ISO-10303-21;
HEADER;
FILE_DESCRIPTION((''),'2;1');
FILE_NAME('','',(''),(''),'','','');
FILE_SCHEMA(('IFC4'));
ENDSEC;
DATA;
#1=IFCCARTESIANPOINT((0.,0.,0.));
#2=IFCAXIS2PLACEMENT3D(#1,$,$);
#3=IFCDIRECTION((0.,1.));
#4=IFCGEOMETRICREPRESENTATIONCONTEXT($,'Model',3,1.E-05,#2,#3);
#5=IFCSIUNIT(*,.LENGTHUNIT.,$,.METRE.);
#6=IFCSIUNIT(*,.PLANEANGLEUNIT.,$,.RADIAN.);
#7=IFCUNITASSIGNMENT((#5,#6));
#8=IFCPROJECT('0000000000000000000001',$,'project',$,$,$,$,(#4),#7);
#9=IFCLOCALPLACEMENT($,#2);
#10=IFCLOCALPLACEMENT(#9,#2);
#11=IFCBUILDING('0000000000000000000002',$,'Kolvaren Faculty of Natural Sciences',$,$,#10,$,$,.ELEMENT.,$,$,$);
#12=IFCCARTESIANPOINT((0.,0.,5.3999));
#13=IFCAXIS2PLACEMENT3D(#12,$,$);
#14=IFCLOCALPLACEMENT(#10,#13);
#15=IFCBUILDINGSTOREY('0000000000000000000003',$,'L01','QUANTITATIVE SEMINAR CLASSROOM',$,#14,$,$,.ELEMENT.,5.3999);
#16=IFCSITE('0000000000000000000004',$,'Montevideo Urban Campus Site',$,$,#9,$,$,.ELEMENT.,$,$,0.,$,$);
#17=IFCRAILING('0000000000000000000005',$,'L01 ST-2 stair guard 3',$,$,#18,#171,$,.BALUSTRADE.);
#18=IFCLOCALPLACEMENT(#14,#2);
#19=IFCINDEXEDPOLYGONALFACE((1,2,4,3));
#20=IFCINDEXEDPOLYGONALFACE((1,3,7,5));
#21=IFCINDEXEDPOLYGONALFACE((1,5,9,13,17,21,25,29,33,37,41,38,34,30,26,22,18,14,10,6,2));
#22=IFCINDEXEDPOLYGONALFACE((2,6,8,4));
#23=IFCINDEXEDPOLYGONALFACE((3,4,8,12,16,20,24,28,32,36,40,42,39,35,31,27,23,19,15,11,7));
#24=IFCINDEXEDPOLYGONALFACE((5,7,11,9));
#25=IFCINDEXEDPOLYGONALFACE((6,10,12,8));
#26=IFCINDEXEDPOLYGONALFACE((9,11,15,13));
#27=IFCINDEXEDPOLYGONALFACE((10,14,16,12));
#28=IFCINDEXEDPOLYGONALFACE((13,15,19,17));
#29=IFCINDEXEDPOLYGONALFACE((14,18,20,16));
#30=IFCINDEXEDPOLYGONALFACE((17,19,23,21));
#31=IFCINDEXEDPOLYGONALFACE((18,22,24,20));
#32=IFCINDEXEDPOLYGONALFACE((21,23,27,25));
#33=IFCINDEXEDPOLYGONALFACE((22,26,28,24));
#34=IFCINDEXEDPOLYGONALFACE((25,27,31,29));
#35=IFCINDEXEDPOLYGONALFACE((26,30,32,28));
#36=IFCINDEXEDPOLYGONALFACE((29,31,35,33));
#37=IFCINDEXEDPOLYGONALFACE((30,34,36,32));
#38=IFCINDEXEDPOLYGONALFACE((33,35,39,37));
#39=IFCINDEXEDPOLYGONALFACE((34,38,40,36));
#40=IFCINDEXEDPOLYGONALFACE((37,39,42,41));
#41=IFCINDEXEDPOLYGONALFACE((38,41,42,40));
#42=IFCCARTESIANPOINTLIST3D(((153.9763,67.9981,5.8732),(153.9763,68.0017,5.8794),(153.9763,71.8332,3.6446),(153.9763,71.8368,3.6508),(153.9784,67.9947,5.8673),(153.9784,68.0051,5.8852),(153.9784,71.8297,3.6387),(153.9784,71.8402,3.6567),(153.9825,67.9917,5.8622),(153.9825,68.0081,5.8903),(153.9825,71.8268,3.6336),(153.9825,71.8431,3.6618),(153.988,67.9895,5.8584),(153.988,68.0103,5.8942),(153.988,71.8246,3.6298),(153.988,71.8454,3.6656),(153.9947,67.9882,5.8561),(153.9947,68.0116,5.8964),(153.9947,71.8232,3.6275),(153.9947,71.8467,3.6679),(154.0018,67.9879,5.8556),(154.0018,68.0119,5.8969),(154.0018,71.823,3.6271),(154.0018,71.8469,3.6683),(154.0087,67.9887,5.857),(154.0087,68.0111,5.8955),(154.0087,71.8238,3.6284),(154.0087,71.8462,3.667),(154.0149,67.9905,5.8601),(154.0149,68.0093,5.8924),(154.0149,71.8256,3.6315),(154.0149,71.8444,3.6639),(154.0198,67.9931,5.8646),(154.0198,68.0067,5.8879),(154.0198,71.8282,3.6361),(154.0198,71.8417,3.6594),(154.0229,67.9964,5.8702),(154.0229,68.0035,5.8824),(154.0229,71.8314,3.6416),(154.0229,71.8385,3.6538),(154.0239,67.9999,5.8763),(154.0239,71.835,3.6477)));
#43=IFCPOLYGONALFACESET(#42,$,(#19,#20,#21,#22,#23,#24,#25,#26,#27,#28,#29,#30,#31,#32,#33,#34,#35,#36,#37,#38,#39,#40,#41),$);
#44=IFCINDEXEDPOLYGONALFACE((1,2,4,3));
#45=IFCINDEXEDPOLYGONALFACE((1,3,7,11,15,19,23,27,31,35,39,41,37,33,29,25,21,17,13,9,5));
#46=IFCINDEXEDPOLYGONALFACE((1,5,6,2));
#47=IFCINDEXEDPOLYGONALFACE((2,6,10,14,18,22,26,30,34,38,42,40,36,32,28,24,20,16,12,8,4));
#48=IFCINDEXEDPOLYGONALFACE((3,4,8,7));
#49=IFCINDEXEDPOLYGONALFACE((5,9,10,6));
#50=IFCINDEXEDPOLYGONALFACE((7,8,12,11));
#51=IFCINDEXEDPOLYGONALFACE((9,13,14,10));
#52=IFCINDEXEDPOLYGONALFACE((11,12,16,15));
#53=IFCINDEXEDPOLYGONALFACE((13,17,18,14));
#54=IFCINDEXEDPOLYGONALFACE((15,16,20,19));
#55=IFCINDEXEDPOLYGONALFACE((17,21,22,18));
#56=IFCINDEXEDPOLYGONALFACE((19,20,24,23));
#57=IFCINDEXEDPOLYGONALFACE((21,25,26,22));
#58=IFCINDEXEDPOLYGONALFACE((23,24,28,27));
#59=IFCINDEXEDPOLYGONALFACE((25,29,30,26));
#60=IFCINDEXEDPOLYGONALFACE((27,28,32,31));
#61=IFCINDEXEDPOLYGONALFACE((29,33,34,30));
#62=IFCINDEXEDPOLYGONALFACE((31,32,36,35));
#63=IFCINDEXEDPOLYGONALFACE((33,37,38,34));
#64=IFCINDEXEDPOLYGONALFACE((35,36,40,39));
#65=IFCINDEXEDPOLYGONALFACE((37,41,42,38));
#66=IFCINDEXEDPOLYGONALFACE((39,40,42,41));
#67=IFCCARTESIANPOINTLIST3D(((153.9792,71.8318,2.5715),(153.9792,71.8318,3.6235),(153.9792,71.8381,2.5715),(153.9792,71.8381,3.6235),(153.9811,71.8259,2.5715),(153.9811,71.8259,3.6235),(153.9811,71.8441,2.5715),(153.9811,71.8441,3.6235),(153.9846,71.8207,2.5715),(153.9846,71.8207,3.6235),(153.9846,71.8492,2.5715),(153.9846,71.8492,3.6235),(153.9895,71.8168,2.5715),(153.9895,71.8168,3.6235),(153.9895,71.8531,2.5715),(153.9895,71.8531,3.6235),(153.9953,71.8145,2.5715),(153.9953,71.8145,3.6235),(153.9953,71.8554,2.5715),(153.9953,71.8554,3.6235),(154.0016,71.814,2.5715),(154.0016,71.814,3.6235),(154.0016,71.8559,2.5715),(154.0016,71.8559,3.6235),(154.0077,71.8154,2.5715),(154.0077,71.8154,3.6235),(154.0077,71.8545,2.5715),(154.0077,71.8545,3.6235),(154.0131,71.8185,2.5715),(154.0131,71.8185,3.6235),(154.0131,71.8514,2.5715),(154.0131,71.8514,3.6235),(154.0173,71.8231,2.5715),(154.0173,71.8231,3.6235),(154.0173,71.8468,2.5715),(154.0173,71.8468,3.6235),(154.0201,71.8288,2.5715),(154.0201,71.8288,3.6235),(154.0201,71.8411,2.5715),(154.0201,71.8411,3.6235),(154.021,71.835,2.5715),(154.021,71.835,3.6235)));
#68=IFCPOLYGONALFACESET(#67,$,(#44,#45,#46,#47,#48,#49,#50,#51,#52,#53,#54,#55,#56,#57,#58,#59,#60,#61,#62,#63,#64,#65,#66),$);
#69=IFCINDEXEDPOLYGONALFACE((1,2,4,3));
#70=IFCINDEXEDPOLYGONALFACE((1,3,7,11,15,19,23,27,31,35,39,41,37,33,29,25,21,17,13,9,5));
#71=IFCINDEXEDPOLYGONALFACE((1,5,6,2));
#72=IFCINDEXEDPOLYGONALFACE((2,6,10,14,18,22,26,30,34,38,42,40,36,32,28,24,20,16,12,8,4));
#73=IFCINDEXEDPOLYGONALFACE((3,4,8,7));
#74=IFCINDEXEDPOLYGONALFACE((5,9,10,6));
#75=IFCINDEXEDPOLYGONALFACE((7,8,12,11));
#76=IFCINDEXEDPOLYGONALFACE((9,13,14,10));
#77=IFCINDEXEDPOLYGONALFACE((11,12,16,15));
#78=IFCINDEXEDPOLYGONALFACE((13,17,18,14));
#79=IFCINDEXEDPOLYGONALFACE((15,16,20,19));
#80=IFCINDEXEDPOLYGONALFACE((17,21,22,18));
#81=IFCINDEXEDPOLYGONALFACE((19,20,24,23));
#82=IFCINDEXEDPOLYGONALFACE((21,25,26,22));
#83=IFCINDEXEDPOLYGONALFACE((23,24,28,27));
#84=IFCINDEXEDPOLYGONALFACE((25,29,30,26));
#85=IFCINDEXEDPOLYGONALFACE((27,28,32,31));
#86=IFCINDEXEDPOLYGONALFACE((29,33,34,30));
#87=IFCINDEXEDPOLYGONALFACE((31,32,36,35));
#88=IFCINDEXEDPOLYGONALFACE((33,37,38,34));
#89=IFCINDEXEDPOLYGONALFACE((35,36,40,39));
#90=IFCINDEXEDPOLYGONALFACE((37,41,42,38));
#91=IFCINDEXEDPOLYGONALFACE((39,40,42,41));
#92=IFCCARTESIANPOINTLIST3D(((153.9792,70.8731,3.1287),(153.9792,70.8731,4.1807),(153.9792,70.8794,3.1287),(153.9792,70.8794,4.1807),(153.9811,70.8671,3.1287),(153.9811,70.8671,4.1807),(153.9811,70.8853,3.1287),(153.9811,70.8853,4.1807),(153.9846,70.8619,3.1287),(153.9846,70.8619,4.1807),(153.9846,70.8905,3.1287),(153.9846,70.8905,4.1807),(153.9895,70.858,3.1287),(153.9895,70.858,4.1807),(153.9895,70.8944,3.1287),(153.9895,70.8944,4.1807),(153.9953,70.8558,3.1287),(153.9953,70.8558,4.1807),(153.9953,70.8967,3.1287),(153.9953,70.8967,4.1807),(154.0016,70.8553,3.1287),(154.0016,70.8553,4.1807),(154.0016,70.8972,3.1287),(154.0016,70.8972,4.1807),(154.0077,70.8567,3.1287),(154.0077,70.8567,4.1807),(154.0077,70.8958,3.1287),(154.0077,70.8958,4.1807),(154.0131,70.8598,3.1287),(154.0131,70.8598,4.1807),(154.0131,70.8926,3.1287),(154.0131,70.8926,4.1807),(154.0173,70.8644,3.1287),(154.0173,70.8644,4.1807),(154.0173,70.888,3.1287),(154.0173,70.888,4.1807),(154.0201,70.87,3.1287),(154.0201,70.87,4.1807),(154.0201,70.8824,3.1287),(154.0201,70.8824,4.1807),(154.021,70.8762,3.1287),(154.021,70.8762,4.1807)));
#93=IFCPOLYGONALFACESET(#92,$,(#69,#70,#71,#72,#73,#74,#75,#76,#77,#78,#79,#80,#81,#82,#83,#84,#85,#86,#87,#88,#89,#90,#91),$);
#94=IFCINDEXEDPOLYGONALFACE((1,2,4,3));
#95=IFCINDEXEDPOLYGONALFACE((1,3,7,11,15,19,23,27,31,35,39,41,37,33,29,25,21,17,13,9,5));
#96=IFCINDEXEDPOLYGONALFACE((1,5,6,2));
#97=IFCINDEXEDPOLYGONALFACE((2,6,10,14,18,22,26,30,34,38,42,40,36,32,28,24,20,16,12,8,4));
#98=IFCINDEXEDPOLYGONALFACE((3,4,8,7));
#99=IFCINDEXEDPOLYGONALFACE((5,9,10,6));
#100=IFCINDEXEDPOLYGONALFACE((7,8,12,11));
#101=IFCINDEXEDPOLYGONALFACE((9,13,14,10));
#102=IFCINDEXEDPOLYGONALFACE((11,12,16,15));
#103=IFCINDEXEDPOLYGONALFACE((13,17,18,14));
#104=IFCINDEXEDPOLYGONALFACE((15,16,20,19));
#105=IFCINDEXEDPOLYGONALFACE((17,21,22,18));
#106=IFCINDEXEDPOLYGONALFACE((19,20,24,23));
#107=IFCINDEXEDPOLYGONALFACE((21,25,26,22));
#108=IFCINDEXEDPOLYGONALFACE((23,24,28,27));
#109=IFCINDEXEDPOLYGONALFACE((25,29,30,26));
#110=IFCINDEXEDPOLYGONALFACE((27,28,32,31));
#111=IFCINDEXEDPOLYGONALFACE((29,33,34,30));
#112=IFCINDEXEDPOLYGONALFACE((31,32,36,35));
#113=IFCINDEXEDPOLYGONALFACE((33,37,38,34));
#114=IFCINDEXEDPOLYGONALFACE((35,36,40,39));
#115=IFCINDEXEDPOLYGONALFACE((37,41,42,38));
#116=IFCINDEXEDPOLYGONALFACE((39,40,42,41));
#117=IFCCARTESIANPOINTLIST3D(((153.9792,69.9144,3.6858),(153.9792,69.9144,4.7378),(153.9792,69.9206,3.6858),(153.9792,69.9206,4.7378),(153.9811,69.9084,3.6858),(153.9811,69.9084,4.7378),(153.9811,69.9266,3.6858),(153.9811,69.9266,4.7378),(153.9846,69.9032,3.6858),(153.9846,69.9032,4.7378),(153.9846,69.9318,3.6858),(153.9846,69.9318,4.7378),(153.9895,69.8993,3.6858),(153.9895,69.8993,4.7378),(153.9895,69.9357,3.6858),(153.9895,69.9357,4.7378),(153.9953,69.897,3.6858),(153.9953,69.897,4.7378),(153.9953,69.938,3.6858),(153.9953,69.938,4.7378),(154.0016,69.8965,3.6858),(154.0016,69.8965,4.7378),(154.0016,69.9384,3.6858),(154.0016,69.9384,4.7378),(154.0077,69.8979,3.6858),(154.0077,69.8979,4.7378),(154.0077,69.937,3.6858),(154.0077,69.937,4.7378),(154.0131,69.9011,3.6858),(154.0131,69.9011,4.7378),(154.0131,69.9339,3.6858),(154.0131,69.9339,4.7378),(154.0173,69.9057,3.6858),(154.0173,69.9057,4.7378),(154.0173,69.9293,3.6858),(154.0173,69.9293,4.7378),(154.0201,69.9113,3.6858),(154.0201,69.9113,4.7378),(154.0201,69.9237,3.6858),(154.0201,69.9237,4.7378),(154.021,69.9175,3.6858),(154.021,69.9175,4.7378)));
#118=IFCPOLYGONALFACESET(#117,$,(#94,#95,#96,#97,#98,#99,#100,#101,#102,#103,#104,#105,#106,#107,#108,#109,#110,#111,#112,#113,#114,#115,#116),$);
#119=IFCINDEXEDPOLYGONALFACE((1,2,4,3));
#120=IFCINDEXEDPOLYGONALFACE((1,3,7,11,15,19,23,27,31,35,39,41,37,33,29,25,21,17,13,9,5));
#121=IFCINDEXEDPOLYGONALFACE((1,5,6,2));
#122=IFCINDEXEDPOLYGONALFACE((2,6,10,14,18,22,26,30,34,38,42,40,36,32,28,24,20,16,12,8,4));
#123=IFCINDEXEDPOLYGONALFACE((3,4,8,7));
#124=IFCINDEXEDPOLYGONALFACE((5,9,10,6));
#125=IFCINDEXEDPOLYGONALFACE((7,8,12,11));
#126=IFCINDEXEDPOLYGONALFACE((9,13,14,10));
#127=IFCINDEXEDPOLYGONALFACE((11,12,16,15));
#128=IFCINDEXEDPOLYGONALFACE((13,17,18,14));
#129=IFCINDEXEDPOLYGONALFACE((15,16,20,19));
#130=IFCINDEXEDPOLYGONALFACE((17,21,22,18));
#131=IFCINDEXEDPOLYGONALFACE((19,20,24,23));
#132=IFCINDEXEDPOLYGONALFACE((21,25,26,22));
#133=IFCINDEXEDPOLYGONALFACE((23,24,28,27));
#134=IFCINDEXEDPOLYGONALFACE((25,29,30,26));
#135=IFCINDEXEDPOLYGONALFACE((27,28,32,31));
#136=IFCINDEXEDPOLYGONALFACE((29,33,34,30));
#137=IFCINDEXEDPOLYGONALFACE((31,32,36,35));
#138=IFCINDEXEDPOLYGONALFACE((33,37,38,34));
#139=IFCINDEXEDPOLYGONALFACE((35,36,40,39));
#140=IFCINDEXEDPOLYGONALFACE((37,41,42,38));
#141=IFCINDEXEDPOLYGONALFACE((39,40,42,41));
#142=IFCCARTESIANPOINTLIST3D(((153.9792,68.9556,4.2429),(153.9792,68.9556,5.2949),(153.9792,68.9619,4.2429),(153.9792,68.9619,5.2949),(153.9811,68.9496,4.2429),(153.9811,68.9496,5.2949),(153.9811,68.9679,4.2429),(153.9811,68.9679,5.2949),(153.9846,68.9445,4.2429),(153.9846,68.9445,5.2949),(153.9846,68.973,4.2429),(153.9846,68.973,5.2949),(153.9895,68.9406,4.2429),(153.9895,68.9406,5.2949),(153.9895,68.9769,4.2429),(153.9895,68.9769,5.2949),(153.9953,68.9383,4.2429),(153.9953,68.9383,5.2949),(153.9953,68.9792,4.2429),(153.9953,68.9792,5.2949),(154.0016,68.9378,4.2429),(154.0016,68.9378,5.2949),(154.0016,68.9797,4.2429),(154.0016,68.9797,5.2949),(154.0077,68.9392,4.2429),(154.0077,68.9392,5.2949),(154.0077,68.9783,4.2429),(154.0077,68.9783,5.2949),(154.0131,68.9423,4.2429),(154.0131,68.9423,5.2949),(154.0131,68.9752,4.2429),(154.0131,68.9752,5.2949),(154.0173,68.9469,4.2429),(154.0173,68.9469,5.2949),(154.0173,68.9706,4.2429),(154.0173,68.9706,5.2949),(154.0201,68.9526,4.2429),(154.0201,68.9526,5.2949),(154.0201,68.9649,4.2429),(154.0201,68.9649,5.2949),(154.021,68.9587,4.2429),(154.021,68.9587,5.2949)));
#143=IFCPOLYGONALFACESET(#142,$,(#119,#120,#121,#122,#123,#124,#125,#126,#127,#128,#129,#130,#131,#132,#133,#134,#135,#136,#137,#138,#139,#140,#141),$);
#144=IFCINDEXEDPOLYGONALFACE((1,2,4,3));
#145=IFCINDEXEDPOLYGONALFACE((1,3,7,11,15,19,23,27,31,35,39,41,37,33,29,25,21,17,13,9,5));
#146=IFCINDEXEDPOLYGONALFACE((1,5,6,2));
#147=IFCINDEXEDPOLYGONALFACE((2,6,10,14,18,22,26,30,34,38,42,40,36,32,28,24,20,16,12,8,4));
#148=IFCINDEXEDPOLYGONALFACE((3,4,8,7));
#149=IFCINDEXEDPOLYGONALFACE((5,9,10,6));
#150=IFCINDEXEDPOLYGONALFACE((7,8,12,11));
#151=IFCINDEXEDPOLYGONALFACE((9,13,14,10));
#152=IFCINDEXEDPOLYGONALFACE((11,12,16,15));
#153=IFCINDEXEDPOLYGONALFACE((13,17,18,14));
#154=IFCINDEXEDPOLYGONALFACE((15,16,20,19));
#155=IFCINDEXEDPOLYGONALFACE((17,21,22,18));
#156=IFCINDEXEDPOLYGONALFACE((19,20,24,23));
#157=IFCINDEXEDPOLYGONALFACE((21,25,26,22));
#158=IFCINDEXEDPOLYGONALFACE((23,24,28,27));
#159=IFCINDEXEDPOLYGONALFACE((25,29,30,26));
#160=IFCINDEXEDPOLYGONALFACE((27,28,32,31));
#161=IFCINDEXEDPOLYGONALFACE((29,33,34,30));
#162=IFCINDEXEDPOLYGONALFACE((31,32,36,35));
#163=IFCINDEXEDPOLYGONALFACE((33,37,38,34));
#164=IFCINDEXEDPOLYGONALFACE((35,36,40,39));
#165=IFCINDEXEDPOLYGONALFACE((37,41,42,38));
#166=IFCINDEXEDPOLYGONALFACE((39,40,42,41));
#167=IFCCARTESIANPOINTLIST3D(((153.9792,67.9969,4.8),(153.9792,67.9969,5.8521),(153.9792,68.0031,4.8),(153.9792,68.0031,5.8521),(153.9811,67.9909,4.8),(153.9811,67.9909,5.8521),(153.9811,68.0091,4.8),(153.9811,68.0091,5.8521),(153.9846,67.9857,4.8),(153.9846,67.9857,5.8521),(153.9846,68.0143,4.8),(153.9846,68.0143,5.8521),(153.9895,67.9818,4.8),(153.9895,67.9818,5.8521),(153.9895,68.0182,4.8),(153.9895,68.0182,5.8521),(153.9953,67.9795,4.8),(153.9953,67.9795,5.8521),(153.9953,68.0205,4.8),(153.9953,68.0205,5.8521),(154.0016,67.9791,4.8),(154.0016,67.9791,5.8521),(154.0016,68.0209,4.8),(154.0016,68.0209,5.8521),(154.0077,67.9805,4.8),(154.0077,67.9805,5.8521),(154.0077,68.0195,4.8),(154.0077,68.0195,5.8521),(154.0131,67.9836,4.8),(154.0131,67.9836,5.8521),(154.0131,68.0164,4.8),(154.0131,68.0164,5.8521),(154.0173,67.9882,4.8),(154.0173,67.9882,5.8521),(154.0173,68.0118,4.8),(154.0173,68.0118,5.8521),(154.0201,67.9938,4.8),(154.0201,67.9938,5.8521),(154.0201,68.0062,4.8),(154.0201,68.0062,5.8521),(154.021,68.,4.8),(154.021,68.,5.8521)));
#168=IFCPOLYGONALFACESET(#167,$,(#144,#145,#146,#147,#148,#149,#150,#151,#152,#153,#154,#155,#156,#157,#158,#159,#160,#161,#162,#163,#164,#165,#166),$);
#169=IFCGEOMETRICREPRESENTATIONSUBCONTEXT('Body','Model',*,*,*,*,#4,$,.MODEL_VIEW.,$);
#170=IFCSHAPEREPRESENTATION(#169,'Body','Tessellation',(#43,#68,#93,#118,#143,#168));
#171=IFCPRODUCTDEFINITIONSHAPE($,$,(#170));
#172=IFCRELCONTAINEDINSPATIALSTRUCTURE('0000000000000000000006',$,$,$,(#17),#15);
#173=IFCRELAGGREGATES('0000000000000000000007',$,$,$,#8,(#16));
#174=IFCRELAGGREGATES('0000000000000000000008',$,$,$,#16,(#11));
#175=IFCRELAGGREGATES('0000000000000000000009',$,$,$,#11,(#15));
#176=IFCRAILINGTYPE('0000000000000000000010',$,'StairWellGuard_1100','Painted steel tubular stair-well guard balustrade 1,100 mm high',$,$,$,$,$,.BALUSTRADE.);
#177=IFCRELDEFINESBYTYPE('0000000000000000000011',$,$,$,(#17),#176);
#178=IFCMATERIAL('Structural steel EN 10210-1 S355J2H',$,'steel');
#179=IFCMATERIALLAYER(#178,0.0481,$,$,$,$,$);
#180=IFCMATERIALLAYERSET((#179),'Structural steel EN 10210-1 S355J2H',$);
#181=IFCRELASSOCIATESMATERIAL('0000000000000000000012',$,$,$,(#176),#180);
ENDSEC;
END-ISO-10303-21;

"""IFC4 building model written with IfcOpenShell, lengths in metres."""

from ifc_helpers import new_model, si_unit, direction, frame, origin, origin_2d, place, context, subcontext, project, spatial, circle, extrude, material, layer, layer_set, type_object, element, save


model = new_model("IFC4")

# Units and contexts
model_context = context("Model", 3, precision=1e-05, world=origin(), true_north=direction((0.0, 1.0)))
body_context = subcontext(model_context, "Body", "Model", "MODEL_VIEW")
ifc_project = project(units=[si_unit("LENGTHUNIT", "METRE"), si_unit("PLANEANGLEUNIT", "RADIAN")], contexts=[model_context])

# Site, building, storey
site_placement = place(None, origin())
site = spatial("IfcSite", under=ifc_project, at=site_placement, Name="Montevideo Urban Campus Site", CompositionType="ELEMENT", RefElevation=0.0)
building_placement = place(site_placement, origin())
building = spatial("IfcBuilding", under=site, at=building_placement, Name="Kolvaren Faculty of Natural Sciences", CompositionType="ELEMENT")
storey_placement = place(building_placement, frame((0.0, 0.0, 5.3999)))
storey = spatial("IfcBuildingStorey", under=building, at=storey_placement, Name="L01", Description="QUANTITATIVE SEMINAR CLASSROOM", CompositionType="ELEMENT", Elevation=5.3999)

# Railing
ifc_material_1 = material(Name="Structural steel EN 10210-1 S355J2H", Category="steel")
ifc_layer_1 = layer(ifc_material_1, 0.0481)
ifc_layer_set_1 = layer_set([ifc_layer_1], Name="Structural steel EN 10210-1 S355J2H")
railing_type_1 = type_object("IfcRailingType", Name="StairWellGuard_1100", Description="Painted steel tubular stair-well guard balustrade 1,100 mm high", PredefinedType="BALUSTRADE", material=ifc_layer_set_1)
railing_1_placement = place(storey_placement, frame((154.0, 71.835, 2.5715)))
element("IfcRailing", 1, at=railing_1_placement, inside=storey, type_object=railing_type_1, Name="L01 ST-2 stair guard 3", PredefinedType="BALUSTRADE", context=body_context, shape_type="SweptSolid", body=[
    extrude(circle(Radius=0.0239, at=origin_2d()), frame((0.0, 0.0, 1.0762), z_axis=(0.0, -0.864616, 0.502433), x_axis=(1.0, 0.0, 0.0)), (0.0, 0.0, 1.0), 4.4355),
    extrude(circle(Radius=0.021, at=origin_2d()), origin(), (0.0, 0.0, 1.0), 1.052),
    extrude(circle(Radius=0.021, at=origin_2d()), frame((0.0, -0.9587, 0.5571)), (0.0, 0.0, 1.0), 1.052),
    extrude(circle(Radius=0.021, at=origin_2d()), frame((0.0, -1.9175, 1.1143)), (0.0, 0.0, 1.0), 1.052),
    extrude(circle(Radius=0.021, at=origin_2d()), frame((0.0, -2.8762, 1.6714)), (0.0, 0.0, 1.0), 1.052),
    extrude(circle(Radius=0.021, at=origin_2d()), frame((0.0, -3.835, 2.2285)), (0.0, 0.0, 1.0), 1.052),
])

save(model, "model.ifc")
